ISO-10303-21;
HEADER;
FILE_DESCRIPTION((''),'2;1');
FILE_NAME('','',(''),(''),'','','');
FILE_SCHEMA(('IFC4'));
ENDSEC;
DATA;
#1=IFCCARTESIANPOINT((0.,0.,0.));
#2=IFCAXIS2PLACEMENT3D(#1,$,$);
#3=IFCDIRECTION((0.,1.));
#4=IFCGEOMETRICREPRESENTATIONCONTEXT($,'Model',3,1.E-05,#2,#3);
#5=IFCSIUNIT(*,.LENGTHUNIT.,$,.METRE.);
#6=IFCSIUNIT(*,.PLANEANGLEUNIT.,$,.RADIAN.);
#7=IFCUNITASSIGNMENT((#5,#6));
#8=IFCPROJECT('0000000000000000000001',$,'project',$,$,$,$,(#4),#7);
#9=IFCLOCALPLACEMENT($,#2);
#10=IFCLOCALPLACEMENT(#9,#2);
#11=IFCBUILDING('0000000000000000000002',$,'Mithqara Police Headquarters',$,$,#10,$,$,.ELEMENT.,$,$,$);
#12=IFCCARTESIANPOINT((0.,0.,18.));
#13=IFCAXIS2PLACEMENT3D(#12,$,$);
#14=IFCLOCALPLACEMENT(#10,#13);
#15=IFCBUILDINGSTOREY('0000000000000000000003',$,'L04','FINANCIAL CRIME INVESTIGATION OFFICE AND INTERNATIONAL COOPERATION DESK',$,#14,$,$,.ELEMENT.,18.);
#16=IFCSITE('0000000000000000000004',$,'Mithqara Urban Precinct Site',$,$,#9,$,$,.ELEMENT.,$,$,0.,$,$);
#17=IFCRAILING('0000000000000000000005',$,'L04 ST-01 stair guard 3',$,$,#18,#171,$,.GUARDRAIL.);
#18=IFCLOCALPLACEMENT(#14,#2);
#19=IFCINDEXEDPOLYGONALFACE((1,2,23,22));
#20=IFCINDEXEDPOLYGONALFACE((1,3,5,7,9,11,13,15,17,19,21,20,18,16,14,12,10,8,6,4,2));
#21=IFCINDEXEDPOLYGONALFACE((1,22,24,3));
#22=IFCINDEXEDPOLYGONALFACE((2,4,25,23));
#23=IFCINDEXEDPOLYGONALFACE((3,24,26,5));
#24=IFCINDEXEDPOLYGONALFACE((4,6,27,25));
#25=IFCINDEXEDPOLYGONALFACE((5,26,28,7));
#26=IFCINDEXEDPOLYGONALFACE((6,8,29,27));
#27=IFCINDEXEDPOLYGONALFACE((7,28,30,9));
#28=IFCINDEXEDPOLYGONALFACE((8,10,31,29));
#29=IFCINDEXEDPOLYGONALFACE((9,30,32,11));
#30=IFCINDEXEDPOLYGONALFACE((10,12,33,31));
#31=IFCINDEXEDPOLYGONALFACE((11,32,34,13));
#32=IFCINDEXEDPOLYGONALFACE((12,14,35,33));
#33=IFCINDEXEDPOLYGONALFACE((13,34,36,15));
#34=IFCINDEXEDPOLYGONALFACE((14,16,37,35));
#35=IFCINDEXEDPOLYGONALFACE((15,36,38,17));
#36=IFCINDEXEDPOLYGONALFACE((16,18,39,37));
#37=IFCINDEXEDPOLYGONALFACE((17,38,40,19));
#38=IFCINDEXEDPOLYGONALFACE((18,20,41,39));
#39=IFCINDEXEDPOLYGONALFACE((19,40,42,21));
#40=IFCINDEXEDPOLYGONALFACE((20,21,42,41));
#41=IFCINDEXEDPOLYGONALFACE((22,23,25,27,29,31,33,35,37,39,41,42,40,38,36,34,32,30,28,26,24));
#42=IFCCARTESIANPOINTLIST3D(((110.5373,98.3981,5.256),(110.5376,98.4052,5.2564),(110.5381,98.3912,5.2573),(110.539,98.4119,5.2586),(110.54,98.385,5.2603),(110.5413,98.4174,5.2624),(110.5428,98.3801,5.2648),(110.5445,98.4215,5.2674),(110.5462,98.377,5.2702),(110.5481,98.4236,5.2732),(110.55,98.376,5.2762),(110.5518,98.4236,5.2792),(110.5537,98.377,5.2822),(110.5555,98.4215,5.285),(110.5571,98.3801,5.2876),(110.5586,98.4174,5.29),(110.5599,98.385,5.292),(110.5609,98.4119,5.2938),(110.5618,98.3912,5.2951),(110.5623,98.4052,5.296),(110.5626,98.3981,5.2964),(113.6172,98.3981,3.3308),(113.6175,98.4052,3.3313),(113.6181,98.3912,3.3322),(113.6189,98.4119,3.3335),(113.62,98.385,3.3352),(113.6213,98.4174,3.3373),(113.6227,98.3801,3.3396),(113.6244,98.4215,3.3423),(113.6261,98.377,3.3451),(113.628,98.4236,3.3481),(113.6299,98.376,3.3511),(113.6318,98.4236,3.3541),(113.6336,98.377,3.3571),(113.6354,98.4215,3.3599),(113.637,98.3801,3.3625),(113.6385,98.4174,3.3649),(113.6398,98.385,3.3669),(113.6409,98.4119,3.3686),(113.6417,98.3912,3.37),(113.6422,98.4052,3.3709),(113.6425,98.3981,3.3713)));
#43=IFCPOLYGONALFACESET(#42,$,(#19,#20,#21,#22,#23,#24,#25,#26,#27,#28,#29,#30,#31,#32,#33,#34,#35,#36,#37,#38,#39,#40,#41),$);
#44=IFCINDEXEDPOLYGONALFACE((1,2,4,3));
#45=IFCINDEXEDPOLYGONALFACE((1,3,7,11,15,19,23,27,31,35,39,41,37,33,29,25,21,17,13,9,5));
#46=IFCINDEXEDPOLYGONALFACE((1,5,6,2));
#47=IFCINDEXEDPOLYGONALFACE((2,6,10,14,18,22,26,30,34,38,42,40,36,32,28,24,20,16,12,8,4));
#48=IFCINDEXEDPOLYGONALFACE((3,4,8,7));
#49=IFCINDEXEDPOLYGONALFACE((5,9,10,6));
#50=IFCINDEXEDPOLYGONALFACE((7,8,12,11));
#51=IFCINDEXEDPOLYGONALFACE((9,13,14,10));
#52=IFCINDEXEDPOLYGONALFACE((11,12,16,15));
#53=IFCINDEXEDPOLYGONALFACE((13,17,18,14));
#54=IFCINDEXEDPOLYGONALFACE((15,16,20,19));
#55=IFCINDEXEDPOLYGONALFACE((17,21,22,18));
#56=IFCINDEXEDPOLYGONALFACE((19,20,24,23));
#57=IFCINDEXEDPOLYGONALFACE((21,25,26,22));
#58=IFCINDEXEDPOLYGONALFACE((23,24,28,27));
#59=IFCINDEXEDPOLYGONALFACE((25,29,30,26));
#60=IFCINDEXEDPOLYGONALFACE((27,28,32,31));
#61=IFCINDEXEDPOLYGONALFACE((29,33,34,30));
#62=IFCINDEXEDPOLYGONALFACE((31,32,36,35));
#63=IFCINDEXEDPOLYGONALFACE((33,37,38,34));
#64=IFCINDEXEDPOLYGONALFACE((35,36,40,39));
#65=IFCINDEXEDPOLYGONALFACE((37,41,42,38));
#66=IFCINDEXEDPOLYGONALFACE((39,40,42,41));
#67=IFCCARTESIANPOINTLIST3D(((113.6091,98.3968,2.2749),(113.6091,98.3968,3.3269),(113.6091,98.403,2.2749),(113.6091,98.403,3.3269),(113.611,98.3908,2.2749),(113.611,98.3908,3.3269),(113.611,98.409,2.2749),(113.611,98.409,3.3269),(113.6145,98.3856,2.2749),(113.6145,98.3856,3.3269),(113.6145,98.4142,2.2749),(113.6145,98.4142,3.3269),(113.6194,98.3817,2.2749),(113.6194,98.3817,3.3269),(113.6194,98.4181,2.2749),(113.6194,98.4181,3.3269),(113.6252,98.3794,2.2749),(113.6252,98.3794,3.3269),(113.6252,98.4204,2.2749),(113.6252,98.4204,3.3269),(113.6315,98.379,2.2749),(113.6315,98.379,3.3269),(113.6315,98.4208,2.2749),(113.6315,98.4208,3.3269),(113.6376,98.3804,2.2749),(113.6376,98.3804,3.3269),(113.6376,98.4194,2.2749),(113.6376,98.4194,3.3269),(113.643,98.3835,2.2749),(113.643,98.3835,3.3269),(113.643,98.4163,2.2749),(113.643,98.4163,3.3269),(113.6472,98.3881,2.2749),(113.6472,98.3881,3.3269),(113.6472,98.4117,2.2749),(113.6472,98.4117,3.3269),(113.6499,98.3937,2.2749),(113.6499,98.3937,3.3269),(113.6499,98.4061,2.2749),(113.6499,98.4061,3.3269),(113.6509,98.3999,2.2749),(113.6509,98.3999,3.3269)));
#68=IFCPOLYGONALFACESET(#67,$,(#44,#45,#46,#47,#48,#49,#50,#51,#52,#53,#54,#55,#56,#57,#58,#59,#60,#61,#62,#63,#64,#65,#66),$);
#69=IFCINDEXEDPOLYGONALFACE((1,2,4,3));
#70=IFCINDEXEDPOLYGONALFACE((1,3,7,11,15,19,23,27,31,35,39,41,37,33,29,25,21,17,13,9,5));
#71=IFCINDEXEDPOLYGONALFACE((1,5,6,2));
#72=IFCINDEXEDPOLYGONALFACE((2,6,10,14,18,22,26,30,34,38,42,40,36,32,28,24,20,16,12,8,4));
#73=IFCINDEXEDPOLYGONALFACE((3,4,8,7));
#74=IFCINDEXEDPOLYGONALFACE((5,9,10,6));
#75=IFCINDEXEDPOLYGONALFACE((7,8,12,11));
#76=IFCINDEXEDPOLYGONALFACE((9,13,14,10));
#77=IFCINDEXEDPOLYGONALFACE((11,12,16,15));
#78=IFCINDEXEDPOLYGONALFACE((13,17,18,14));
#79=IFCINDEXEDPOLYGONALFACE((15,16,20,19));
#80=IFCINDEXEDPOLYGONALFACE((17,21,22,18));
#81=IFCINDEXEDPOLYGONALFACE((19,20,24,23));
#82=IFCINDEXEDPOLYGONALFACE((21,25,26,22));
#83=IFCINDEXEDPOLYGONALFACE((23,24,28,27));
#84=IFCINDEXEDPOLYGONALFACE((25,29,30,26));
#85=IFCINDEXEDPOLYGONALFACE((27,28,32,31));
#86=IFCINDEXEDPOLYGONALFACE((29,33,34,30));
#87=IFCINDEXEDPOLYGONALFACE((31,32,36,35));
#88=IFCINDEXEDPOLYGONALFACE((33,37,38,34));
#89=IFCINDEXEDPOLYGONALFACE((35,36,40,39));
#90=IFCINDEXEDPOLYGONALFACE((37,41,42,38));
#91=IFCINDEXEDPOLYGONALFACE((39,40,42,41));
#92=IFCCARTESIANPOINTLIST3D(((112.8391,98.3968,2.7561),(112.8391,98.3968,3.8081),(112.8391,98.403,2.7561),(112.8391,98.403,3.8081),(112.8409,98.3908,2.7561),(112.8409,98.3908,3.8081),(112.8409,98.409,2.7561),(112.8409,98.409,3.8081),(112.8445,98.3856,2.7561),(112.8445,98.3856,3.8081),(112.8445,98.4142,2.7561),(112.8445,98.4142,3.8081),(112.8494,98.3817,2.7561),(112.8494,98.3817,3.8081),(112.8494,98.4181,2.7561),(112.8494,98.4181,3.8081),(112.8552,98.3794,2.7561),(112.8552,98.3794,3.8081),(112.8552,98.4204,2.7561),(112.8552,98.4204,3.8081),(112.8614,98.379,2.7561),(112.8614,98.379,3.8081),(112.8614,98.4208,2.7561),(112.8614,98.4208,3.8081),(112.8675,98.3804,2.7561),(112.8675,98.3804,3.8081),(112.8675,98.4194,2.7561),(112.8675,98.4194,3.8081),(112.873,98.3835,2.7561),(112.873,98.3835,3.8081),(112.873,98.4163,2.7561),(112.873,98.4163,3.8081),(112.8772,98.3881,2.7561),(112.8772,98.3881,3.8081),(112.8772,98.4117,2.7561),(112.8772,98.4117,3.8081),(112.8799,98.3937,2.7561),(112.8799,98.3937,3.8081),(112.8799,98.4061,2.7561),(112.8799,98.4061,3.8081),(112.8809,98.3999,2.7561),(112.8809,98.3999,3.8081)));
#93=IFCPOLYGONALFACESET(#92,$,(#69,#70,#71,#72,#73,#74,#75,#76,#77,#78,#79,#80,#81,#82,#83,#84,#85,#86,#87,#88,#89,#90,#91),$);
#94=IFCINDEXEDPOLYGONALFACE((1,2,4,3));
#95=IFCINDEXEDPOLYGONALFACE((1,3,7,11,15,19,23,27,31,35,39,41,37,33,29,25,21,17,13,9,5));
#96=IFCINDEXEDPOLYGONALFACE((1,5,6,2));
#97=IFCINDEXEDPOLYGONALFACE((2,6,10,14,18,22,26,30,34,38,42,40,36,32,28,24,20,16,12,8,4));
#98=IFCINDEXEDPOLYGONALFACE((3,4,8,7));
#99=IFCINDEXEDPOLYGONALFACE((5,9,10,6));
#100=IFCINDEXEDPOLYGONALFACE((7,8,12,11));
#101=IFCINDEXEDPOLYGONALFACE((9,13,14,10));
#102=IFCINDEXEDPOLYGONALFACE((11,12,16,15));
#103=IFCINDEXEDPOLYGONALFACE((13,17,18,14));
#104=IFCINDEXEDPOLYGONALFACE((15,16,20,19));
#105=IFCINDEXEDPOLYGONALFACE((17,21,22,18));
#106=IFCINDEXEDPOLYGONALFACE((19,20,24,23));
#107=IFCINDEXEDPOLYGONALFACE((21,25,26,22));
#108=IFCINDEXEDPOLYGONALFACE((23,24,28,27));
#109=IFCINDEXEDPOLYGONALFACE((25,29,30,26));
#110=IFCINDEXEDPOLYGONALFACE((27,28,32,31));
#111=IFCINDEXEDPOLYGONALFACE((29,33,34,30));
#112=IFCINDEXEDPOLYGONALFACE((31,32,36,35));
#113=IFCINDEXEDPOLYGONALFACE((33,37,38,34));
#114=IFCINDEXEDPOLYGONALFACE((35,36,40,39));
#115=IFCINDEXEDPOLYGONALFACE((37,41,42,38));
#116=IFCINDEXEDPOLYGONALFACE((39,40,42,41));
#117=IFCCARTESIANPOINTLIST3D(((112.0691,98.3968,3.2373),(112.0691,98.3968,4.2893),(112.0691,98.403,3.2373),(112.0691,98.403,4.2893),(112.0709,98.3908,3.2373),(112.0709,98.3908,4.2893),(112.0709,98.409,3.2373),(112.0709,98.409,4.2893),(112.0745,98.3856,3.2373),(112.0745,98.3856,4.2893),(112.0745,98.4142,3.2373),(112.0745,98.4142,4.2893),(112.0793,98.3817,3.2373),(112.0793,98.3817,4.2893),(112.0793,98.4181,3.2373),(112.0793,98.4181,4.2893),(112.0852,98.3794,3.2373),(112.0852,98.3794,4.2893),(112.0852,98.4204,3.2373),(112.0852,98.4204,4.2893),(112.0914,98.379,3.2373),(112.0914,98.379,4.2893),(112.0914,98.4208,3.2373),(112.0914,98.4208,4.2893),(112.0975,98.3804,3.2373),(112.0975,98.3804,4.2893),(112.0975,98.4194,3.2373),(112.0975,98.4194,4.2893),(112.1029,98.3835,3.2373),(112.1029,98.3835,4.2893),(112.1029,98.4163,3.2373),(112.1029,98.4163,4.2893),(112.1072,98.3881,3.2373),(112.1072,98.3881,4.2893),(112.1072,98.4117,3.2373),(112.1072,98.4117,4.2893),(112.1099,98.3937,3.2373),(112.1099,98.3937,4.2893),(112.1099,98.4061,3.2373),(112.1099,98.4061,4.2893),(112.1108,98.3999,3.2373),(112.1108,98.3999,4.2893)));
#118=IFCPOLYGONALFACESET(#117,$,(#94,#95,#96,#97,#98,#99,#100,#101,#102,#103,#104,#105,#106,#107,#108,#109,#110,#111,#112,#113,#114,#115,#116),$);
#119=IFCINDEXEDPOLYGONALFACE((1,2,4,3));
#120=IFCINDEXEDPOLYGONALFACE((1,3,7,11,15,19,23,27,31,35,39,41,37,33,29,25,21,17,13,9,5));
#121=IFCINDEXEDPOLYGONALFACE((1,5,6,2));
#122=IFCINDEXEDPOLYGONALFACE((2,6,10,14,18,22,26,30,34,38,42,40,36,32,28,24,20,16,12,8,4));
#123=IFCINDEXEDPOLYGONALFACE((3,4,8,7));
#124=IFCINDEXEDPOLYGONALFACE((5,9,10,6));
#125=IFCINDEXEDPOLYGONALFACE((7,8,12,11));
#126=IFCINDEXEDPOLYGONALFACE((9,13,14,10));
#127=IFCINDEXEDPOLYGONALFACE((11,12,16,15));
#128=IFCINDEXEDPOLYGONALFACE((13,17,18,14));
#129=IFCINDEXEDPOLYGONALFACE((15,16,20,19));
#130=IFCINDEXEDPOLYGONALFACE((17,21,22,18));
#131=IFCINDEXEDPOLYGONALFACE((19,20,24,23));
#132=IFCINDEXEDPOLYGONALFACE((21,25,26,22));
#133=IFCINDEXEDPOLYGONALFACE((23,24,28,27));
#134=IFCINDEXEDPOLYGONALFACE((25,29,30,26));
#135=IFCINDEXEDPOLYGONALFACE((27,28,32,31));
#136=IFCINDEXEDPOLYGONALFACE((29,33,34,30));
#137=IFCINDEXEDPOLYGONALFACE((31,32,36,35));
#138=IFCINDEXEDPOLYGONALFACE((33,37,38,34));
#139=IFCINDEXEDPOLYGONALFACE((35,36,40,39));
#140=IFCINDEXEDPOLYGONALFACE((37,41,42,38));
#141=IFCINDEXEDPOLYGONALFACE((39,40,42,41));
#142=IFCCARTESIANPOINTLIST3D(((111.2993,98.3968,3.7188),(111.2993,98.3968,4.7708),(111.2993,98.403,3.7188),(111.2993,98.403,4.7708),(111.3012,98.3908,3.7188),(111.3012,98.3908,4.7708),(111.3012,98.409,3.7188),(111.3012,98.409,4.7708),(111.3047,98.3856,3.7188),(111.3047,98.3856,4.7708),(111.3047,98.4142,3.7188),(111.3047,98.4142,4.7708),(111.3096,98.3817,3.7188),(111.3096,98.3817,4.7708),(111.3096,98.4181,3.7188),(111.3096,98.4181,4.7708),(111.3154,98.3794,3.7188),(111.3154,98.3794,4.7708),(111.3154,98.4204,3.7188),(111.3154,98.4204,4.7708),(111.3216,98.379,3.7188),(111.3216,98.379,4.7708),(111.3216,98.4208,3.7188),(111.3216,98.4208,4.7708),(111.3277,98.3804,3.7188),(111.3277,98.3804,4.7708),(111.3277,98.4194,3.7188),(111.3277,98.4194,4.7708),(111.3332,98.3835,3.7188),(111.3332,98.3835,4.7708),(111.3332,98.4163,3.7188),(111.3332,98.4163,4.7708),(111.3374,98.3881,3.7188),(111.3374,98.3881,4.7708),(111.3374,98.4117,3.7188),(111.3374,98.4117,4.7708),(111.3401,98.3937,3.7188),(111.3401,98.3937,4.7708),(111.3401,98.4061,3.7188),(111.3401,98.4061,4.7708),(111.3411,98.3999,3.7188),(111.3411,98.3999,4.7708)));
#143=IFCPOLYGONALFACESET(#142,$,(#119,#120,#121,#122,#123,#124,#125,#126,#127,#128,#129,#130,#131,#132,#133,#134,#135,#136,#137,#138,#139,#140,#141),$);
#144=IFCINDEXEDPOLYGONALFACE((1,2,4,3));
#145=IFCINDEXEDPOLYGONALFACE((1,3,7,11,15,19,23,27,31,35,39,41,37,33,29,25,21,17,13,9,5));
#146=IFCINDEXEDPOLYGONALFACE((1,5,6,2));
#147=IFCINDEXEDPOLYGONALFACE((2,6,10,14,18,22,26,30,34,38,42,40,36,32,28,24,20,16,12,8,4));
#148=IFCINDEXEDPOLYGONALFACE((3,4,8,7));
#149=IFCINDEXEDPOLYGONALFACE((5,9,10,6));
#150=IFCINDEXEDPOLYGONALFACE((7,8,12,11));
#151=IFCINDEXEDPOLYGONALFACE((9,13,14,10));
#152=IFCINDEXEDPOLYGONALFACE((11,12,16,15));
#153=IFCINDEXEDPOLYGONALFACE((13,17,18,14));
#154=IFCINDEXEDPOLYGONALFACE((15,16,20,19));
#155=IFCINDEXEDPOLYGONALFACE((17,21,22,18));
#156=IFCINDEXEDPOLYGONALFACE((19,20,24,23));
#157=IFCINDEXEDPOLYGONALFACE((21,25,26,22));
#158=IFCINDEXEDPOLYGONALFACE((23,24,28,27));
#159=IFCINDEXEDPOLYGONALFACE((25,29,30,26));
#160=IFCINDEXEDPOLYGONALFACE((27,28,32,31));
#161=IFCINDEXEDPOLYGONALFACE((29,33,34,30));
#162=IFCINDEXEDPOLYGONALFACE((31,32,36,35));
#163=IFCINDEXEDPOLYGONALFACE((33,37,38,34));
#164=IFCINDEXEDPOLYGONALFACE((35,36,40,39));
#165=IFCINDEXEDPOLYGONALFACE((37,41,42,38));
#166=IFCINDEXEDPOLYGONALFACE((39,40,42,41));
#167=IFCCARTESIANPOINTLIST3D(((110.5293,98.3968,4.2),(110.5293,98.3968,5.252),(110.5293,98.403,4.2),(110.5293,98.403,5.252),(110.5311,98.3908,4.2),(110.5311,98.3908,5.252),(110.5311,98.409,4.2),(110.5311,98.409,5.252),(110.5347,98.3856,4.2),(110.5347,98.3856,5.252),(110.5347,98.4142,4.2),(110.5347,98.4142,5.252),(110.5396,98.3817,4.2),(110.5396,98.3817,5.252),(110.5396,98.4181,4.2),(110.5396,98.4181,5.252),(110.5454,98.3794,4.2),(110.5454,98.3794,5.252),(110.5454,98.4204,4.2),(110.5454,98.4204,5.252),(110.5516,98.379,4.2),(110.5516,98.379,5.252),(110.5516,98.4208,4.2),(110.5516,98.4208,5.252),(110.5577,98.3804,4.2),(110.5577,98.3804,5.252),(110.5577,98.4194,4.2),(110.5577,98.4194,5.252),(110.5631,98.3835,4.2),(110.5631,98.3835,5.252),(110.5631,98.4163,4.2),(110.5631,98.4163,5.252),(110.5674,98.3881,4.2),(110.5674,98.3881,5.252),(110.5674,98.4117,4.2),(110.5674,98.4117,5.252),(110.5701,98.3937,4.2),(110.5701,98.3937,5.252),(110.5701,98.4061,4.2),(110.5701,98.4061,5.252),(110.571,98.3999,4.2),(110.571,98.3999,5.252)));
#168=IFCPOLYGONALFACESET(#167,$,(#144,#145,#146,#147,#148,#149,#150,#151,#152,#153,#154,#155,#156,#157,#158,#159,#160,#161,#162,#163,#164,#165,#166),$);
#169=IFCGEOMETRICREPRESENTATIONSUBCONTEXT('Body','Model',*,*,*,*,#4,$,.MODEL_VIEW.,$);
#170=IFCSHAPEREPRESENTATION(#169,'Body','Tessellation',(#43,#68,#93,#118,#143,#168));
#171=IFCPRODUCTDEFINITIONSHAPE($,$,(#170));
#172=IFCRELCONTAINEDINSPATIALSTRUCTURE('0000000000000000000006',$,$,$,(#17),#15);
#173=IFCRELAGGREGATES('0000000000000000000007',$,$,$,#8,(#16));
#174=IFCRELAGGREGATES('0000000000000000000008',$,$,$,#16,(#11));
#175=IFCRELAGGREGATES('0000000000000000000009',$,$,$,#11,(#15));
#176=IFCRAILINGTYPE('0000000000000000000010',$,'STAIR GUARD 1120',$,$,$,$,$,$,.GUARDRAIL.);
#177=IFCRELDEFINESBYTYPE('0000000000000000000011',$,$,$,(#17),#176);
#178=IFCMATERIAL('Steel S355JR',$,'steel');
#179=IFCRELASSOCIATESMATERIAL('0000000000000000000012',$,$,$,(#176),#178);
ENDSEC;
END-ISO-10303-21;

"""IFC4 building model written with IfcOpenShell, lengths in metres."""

from ifc_helpers import new_model, si_unit, direction, frame, origin, origin_2d, place, context, subcontext, project, spatial, circle, extrude, material, type_object, element, save


model = new_model("IFC4")

# Units and contexts
model_context = context("Model", 3, precision=1e-05, world=origin(), true_north=direction((0.0, 1.0)))
body_context = subcontext(model_context, "Body", "Model", "MODEL_VIEW")
ifc_project = project(units=[si_unit("LENGTHUNIT", "METRE"), si_unit("PLANEANGLEUNIT", "RADIAN")], contexts=[model_context])

# Site, building, storey
site_placement = place(None, origin())
site = spatial("IfcSite", under=ifc_project, at=site_placement, Name="Mithqara Urban Precinct Site", CompositionType="ELEMENT", RefElevation=0.0)
building_placement = place(site_placement, origin())
building = spatial("IfcBuilding", under=site, at=building_placement, Name="Mithqara Police Headquarters", CompositionType="ELEMENT")
storey_placement = place(building_placement, frame((0.0, 0.0, 18.0)))
storey = spatial("IfcBuildingStorey", under=building, at=storey_placement, Name="L04", Description="FINANCIAL CRIME INVESTIGATION OFFICE AND INTERNATIONAL COOPERATION DESK", CompositionType="ELEMENT", Elevation=18.0)

# Shared definitions
ifc_material_1 = material(Name="Steel S355JR", Category="steel")

# Railing
railing_type_1 = type_object("IfcRailingType", Name="STAIR GUARD 1120", PredefinedType="GUARDRAIL", material=ifc_material_1)
railing_1_placement = place(storey_placement, frame((113.6299, 98.3999, 2.2749)))
element("IfcRailing", 1, at=railing_1_placement, inside=storey, type_object=railing_type_1, Name="L04 ST-01 stair guard 3", PredefinedType="GUARDRAIL", context=body_context, shape_type="SweptSolid", body=[
    extrude(circle(Radius=0.0239, at=origin_2d()), frame((0.0, 0.0, 1.0762), z_axis=(-0.847979, 0.0, 0.530029), x_axis=(0.0, -1.0, 0.0)), (0.0, 0.0, 1.0), 3.6321),
    extrude(circle(Radius=0.021, at=origin_2d()), origin(), (0.0, 0.0, 1.0), 1.052),
    extrude(circle(Radius=0.021, at=origin_2d()), frame((-0.77, 0.0, 0.4812)), (0.0, 0.0, 1.0), 1.052),
    extrude(circle(Radius=0.021, at=origin_2d()), frame((-1.54, 0.0, 0.9624)), (0.0, 0.0, 1.0), 1.052),
    extrude(circle(Radius=0.021, at=origin_2d()), frame((-2.3098, 0.0, 1.4438)), (0.0, 0.0, 1.0), 1.052),
    extrude(circle(Radius=0.021, at=origin_2d()), frame((-3.0798, 0.0, 1.925)), (0.0, 0.0, 1.0), 1.052),
])

save(model, "model.ifc")
